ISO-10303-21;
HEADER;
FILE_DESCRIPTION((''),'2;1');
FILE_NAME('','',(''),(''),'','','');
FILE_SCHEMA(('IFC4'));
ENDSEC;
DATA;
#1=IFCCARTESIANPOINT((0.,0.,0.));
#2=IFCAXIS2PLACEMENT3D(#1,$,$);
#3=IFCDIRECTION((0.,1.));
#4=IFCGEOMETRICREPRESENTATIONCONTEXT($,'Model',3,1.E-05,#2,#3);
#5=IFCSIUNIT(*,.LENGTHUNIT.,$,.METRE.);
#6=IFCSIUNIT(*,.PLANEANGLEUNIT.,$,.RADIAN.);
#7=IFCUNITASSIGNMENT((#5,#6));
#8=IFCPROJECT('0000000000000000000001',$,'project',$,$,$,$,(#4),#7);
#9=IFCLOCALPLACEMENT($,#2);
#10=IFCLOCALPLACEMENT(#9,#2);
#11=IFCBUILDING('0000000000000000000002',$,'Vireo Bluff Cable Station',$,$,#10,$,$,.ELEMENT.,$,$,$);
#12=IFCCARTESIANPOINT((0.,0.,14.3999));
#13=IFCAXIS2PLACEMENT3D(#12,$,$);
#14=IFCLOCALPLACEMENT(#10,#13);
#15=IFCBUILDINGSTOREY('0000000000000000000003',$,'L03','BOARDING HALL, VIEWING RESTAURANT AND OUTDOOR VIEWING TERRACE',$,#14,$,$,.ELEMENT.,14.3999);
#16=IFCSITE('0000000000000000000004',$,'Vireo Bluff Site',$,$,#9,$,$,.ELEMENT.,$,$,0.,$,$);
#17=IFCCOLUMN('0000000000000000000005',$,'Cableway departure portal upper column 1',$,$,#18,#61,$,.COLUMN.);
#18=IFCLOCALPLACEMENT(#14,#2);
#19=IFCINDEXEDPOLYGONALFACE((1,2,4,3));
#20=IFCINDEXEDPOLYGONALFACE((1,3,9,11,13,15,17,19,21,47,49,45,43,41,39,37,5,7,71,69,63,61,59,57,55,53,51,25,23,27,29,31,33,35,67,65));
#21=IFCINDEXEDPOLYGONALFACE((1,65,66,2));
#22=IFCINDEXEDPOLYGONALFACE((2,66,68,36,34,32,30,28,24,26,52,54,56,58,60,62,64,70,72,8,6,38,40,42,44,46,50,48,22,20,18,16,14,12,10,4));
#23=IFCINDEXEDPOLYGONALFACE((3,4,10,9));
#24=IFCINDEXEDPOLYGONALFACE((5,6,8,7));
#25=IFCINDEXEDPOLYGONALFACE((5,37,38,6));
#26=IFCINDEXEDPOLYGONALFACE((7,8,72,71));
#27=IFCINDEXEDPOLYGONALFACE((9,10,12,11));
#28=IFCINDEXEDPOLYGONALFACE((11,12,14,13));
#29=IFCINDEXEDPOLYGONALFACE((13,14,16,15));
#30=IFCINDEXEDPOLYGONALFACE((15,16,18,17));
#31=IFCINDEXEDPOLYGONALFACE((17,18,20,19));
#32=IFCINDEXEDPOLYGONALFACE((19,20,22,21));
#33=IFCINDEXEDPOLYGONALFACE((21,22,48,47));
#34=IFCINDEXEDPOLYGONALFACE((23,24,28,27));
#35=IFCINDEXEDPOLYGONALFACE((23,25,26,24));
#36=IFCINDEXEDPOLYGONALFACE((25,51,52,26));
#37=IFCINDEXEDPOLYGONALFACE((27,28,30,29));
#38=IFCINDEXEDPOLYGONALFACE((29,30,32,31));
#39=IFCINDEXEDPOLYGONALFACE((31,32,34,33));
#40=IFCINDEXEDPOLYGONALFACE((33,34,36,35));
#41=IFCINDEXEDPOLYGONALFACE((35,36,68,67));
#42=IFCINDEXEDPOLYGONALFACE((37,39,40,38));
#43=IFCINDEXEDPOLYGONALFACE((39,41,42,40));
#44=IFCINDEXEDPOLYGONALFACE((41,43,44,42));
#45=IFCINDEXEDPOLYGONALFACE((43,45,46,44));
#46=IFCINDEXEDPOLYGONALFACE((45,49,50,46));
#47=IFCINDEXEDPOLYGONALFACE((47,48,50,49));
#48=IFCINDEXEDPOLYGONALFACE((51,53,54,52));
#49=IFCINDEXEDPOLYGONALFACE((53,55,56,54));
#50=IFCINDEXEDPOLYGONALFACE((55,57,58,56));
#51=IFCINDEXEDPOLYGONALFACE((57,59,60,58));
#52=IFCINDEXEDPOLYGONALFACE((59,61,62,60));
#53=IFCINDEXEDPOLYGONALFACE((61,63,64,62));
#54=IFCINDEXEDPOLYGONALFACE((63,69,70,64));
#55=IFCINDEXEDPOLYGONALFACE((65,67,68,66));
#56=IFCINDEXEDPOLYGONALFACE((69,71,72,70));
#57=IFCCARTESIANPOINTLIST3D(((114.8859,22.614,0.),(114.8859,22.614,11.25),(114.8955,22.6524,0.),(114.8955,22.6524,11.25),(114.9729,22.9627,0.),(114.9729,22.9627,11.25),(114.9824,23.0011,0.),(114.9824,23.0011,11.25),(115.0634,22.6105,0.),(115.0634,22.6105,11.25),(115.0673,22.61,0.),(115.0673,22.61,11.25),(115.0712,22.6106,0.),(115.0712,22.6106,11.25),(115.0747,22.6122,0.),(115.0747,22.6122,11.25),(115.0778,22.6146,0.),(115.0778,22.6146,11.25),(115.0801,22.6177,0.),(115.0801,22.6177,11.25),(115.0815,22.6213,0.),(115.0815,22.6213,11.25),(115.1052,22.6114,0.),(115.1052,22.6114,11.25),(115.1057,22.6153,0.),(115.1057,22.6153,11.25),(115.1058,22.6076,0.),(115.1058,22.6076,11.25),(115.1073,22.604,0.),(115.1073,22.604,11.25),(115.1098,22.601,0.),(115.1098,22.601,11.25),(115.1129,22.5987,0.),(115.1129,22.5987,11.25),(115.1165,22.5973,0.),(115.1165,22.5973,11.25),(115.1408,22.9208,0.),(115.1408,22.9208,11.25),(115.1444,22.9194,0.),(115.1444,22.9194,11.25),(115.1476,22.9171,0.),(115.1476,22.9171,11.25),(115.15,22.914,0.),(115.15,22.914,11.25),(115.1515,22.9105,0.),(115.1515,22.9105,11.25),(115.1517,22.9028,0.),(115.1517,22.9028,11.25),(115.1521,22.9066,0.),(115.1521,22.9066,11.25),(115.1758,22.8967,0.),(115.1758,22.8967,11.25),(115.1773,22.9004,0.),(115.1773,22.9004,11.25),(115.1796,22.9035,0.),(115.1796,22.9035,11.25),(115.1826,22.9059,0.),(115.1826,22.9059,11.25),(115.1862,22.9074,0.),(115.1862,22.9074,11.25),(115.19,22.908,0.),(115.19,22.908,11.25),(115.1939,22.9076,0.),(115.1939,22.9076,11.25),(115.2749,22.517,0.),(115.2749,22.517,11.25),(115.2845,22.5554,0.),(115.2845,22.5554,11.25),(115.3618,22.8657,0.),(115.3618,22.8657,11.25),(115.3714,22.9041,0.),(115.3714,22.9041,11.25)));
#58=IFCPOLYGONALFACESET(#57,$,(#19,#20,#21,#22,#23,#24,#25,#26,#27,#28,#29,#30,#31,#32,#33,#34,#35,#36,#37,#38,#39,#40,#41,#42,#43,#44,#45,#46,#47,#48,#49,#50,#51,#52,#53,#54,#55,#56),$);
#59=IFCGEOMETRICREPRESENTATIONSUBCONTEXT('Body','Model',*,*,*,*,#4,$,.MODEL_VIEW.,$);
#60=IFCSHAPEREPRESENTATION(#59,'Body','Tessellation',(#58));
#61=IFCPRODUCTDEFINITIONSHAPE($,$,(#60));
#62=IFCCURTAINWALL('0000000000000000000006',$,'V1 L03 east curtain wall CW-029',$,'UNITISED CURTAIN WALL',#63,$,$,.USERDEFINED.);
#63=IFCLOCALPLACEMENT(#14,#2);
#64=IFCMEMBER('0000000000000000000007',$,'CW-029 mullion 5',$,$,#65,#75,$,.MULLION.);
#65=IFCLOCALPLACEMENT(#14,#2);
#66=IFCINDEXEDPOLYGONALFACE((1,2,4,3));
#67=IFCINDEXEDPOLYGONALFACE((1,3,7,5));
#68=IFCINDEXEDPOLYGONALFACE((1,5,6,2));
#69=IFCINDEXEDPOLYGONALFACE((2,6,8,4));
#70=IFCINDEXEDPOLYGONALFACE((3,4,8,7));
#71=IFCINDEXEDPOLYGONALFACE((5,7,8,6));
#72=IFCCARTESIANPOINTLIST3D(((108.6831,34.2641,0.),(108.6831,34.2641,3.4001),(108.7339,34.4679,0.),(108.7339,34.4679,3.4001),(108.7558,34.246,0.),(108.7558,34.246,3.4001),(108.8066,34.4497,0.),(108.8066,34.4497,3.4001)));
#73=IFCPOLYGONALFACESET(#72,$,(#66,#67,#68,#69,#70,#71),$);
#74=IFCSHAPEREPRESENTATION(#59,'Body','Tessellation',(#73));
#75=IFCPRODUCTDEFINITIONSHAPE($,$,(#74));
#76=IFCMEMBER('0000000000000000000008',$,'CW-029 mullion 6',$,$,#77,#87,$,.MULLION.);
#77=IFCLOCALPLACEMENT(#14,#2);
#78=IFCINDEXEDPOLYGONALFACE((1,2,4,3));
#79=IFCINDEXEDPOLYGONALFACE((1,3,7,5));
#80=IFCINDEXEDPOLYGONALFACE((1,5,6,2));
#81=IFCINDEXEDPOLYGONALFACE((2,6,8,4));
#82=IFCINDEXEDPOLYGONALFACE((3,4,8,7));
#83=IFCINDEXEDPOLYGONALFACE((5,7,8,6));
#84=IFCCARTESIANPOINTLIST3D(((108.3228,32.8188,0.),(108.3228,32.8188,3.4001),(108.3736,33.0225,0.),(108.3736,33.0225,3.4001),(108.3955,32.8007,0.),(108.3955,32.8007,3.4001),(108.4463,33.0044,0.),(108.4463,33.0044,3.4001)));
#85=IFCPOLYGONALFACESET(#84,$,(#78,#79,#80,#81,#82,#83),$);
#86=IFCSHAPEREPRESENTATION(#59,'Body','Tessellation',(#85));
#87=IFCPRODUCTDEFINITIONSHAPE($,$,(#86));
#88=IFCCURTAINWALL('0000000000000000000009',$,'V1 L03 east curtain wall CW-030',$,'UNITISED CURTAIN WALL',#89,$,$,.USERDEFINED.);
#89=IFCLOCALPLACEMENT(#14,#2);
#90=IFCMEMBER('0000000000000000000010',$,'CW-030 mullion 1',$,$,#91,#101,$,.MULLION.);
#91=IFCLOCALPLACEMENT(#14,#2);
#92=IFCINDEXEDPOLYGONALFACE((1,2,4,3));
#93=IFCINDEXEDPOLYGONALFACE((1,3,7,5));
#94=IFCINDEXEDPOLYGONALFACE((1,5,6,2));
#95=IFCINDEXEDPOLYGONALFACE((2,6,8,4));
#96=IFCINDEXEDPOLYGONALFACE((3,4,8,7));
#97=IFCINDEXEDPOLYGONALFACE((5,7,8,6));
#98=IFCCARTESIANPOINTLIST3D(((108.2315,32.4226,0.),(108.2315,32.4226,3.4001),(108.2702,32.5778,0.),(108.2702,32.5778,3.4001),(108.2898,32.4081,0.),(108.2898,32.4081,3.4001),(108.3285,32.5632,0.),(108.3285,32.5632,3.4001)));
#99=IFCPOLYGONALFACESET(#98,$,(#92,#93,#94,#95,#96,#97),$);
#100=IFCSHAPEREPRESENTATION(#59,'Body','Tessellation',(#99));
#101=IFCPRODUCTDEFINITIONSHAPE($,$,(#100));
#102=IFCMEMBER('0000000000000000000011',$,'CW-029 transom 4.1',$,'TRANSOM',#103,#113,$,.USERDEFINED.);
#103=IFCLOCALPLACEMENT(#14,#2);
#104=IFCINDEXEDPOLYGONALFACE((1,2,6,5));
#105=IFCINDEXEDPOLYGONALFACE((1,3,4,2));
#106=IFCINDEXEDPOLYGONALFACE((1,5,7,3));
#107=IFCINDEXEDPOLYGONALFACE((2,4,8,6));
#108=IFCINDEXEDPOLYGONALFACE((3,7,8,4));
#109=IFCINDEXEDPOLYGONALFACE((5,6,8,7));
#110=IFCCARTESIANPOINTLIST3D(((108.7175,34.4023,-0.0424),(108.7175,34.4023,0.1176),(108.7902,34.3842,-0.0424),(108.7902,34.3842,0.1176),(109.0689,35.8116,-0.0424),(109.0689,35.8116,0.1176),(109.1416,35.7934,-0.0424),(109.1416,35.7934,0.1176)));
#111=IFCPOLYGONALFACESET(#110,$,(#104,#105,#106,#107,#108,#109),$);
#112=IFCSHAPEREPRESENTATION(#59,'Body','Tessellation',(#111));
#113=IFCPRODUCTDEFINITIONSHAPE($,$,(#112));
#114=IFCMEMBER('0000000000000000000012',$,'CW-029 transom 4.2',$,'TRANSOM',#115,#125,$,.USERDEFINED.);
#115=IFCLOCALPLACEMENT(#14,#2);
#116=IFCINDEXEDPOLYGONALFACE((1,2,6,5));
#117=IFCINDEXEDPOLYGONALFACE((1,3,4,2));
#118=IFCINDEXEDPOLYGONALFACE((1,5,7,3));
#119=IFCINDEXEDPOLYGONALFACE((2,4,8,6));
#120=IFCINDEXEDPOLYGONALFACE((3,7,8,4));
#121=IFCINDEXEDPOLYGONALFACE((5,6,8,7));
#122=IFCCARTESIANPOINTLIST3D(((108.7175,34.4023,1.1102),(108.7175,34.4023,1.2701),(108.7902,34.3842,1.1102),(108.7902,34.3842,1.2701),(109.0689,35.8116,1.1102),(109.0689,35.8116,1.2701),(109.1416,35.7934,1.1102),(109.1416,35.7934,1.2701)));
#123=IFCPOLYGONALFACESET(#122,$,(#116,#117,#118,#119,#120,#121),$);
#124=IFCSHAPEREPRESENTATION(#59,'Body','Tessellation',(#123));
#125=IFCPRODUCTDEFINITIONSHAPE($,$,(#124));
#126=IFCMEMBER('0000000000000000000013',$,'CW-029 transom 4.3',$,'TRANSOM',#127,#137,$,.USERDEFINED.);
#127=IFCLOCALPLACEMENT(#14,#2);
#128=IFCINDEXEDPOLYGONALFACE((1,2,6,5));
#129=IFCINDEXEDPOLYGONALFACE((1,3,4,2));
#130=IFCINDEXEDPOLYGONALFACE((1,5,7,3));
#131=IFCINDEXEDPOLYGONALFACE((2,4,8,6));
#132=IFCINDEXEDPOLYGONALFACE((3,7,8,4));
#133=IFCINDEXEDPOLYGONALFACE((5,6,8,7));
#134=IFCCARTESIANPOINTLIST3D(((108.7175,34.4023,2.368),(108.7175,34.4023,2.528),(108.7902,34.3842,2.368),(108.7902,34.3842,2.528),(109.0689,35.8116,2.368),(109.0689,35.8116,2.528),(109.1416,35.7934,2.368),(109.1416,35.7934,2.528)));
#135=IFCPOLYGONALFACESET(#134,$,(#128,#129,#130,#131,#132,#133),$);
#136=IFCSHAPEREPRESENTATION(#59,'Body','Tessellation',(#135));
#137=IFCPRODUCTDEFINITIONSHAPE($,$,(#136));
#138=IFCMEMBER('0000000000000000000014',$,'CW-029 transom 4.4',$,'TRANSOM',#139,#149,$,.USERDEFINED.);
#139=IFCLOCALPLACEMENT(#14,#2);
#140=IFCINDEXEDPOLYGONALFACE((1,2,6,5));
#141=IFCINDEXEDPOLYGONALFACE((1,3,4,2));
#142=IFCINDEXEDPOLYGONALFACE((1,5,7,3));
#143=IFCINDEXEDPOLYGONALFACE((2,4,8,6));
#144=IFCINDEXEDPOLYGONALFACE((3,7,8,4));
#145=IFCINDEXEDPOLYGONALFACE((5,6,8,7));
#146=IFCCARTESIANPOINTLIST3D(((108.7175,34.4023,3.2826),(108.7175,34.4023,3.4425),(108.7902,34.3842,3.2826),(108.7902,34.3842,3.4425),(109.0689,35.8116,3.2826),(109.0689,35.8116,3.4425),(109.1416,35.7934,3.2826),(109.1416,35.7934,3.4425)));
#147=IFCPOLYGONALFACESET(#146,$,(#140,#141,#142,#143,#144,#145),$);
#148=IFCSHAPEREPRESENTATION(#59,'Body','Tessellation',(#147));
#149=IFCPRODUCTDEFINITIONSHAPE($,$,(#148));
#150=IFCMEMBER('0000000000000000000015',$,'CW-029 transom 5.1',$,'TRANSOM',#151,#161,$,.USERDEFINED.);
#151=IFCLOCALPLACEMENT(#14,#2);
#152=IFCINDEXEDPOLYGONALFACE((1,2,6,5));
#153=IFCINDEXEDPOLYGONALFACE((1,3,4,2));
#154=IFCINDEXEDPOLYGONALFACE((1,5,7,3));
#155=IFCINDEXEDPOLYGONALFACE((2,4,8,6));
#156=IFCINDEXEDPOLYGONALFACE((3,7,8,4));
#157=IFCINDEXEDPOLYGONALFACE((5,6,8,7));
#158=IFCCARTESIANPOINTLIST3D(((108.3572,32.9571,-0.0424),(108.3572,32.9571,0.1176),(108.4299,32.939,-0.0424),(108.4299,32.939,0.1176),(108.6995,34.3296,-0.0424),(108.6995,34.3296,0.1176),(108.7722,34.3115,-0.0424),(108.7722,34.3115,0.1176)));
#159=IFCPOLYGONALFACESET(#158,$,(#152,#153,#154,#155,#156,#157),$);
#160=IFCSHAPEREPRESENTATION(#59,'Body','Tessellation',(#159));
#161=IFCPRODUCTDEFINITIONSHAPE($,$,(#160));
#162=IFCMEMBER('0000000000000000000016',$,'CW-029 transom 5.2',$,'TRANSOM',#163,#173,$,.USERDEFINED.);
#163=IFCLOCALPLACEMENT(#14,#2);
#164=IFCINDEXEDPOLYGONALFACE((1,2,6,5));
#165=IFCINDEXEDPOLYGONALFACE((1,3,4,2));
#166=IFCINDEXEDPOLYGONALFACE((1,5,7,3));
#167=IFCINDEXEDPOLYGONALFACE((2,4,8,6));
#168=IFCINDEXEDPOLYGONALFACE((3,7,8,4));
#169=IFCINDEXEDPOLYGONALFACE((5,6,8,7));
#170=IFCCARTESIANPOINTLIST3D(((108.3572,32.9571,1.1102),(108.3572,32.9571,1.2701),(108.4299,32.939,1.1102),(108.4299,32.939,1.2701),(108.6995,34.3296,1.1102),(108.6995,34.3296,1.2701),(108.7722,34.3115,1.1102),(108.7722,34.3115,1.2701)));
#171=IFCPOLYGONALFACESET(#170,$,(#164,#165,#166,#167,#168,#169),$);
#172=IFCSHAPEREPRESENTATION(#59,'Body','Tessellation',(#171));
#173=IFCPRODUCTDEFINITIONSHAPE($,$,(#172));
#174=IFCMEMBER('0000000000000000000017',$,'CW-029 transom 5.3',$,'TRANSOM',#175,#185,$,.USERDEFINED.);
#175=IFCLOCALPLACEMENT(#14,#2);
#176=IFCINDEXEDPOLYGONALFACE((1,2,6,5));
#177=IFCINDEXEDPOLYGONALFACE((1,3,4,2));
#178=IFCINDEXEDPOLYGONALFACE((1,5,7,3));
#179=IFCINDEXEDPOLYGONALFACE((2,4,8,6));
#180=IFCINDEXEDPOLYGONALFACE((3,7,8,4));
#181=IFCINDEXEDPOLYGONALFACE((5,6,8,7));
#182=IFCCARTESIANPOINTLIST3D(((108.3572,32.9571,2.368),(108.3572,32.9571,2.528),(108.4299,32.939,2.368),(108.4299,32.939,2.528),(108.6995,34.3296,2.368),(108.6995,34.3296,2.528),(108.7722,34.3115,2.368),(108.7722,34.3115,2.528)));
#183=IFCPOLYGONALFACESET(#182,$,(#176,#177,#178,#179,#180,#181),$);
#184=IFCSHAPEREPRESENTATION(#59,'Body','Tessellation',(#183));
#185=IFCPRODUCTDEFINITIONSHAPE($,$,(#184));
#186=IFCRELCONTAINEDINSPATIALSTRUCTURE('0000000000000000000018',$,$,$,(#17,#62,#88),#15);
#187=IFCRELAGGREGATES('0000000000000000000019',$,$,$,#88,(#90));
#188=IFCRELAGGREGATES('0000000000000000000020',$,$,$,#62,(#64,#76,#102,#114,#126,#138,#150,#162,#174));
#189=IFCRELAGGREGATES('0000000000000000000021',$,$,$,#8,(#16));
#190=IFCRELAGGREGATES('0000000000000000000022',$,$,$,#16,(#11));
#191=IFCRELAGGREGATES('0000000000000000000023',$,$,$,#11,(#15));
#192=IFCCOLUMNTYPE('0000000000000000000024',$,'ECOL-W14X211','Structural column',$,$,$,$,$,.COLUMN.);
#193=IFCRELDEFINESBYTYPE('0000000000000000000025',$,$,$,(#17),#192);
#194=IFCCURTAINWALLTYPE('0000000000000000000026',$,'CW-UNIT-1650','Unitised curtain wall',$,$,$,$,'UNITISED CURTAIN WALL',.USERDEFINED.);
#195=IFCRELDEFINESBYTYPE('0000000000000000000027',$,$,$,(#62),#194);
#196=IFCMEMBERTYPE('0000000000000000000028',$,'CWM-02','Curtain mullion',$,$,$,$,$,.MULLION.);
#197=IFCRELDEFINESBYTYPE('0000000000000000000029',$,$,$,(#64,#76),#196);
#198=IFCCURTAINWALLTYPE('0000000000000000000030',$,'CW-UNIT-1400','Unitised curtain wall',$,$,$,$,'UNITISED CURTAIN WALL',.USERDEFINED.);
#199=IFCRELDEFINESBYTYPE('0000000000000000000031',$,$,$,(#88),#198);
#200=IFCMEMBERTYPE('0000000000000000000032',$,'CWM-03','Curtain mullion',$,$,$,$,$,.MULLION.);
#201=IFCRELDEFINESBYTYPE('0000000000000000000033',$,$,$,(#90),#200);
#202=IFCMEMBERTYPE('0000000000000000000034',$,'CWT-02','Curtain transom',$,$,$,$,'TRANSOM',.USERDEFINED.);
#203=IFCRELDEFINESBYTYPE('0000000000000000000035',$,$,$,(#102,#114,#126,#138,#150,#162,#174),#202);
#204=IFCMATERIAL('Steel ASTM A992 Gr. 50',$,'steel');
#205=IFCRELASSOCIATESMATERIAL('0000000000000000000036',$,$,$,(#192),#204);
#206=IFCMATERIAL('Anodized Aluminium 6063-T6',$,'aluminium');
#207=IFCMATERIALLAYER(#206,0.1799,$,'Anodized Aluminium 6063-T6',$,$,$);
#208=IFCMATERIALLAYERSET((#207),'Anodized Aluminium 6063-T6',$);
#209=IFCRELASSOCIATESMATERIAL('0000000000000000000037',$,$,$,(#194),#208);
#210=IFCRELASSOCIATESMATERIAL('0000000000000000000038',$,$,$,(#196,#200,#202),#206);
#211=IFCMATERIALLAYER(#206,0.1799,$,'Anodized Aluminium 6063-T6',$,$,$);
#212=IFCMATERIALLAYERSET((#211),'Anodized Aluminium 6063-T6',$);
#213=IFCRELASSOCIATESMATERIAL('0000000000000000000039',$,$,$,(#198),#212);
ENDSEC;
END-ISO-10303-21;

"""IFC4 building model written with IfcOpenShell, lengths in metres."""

from ifc_helpers import new_model, si_unit, direction, frame, origin, origin_2d, place, context, subcontext, project, spatial, rectangle, i_section, extrude, material, layer, layer_set, material_profile, profile_set, type_object, element, aggregate, save


model = new_model("IFC4")

# Units and contexts
model_context = context("Model", 3, precision=1e-05, world=origin(), true_north=direction((0.0, 1.0)))
body_context = subcontext(model_context, "Body", "Model", "MODEL_VIEW")
ifc_project = project(units=[si_unit("LENGTHUNIT", "METRE"), si_unit("PLANEANGLEUNIT", "RADIAN")], contexts=[model_context])

# Site, building, storey
site_placement = place(None, origin())
site = spatial("IfcSite", under=ifc_project, at=site_placement, Name="Vireo Bluff Site", CompositionType="ELEMENT", RefElevation=0.0)
building_placement = place(site_placement, origin())
building = spatial("IfcBuilding", under=site, at=building_placement, Name="Vireo Bluff Cable Station", CompositionType="ELEMENT")
storey_placement = place(building_placement, frame((0.0, 0.0, 14.3999)))
storey = spatial("IfcBuildingStorey", under=building, at=storey_placement, Name="L03", Description="BOARDING HALL, VIEWING RESTAURANT AND OUTDOOR VIEWING TERRACE", CompositionType="ELEMENT", Elevation=14.3999)

# Column
ifc_material_1 = material(Name="Steel ASTM A992 Gr. 50", Category="steel")
ifc_material_profile_1 = material_profile(ifc_material_1, i_section(OverallWidth=0.4009, OverallDepth=0.3989, WebThickness=0.0249, FlangeThickness=0.0396, FilletRadius=0.0149, at=origin_2d()), Name="W14X211")
ifc_profile_set_1 = profile_set([ifc_material_profile_1], Name="Steel ASTM A992 Gr. 50")
column_type = type_object("IfcColumnType", Name="ECOL-W14X211", Description="Structural column", PredefinedType="COLUMN", material=ifc_profile_set_1)
column_placement = place(storey_placement, frame((115.1287, 22.759, 0.0), z_axis=(0.0, 0.0, 1.0), x_axis=(0.970296, -0.241922, 0.0)))
element("IfcColumn", 1, at=column_placement, inside=storey, type_object=column_type, Name="Cableway departure portal upper column 1", PredefinedType="COLUMN", context=body_context, shape_type="SweptSolid", body=[
    extrude(i_section(OverallWidth=0.4009, OverallDepth=0.3989, WebThickness=0.0249, FlangeThickness=0.0396, FilletRadius=0.0149, at=origin_2d()), origin(), (0.0, 0.0, 1.0), 11.25),
])

# Curtain wall, members
ifc_material_2 = material(Name="Anodized Aluminium 6063-T6", Category="aluminium")
ifc_layer_1 = layer(ifc_material_2, 0.1799, Name="Anodized Aluminium 6063-T6")
ifc_layer_set_1 = layer_set([ifc_layer_1], Name="Anodized Aluminium 6063-T6")
curtain_wall_type_1 = type_object("IfcCurtainWallType", Name="CW-UNIT-1650", Description="Unitised curtain wall", ElementType="UNITISED CURTAIN WALL", PredefinedType="USERDEFINED", material=ifc_layer_set_1)
curtain_wall_1_placement = place(storey_placement, origin())
curtain_wall_1 = element("IfcCurtainWall", 2, at=curtain_wall_1_placement, inside=storey, type_object=curtain_wall_type_1, Name="V1 L03 east curtain wall CW-029", ObjectType="UNITISED CURTAIN WALL", PredefinedType="USERDEFINED")
ifc_material_profile_2 = material_profile(ifc_material_2, rectangle(XDim=0.075, YDim=0.21, at=origin_2d()), Name="ALU-M-75X210")
ifc_profile_set_2 = profile_set([ifc_material_profile_2], Name="Anodized Aluminium 6063-T6")
member_type_1 = type_object("IfcMemberType", Name="CWM-02", Description="Curtain mullion", PredefinedType="MULLION", material=ifc_profile_set_2)
member_1_placement = place(storey_placement, frame((108.7449, 34.3569, 0.0), z_axis=(0.0, 0.0, 1.0), x_axis=(0.970296, -0.241922, 0.0)))
member_1 = element("IfcMember", 3, at=member_1_placement, type_object=member_type_1, Name="CW-029 mullion 5", PredefinedType="MULLION", context=body_context, shape_type="SweptSolid", body=[
    extrude(rectangle(XDim=0.075, YDim=0.21, at=origin_2d()), origin(), (0.0, 0.0, 1.0), 3.4001),
])
member_2_placement = place(storey_placement, frame((108.3845, 32.9116, 0.0), z_axis=(0.0, 0.0, 1.0), x_axis=(0.970296, -0.241922, 0.0)))
member_2 = element("IfcMember", 4, at=member_2_placement, type_object=member_type_1, Name="CW-029 mullion 6", PredefinedType="MULLION", context=body_context, shape_type="SweptSolid", body=[
    extrude(rectangle(XDim=0.075, YDim=0.21, at=origin_2d()), origin(), (0.0, 0.0, 1.0), 3.4001),
])

# Curtain wall, member
ifc_layer_2 = layer(ifc_material_2, 0.1799, Name="Anodized Aluminium 6063-T6")
ifc_layer_set_2 = layer_set([ifc_layer_2], Name="Anodized Aluminium 6063-T6")
curtain_wall_type_2 = type_object("IfcCurtainWallType", Name="CW-UNIT-1400", Description="Unitised curtain wall", ElementType="UNITISED CURTAIN WALL", PredefinedType="USERDEFINED", material=ifc_layer_set_2)
curtain_wall_2_placement = place(storey_placement, origin())
curtain_wall_2 = element("IfcCurtainWall", 5, at=curtain_wall_2_placement, inside=storey, type_object=curtain_wall_type_2, Name="V1 L03 east curtain wall CW-030", ObjectType="UNITISED CURTAIN WALL", PredefinedType="USERDEFINED")
ifc_material_profile_3 = material_profile(ifc_material_2, rectangle(XDim=0.0601, YDim=0.1599, at=origin_2d()), Name="ALU-M-60X160")
ifc_profile_set_3 = profile_set([ifc_material_profile_3], Name="Anodized Aluminium 6063-T6")
member_type_2 = type_object("IfcMemberType", Name="CWM-03", Description="Curtain mullion", PredefinedType="MULLION", material=ifc_profile_set_3)
member_3_placement = place(storey_placement, frame((108.28, 32.4929, 0.0), z_axis=(0.0, 0.0, 1.0), x_axis=(0.970296, -0.241922, 0.0)))
member_3 = element("IfcMember", 6, at=member_3_placement, type_object=member_type_2, Name="CW-030 mullion 1", PredefinedType="MULLION", context=body_context, shape_type="SweptSolid", body=[
    extrude(rectangle(XDim=0.0601, YDim=0.1599, at=origin_2d()), origin(), (0.0, 0.0, 1.0), 3.4001),
])

# Members
ifc_material_profile_4 = material_profile(ifc_material_2, rectangle(XDim=0.075, YDim=0.1599, at=origin_2d()), Name="ALU-T-75X160")
ifc_profile_set_4 = profile_set([ifc_material_profile_4], Name="Anodized Aluminium 6063-T6")
member_type_3 = type_object("IfcMemberType", Name="CWT-02", Description="Curtain transom", ElementType="TRANSOM", PredefinedType="USERDEFINED", material=ifc_profile_set_4)
member_4_placement = place(storey_placement, frame((109.1052, 35.8025, 0.0376), z_axis=(-0.241903, -0.970301, 0.0), x_axis=(0.970301, -0.241903, 0.0)))
member_4 = element("IfcMember", 7, at=member_4_placement, type_object=member_type_3, Name="CW-029 transom 4.1", ObjectType="TRANSOM", PredefinedType="USERDEFINED", context=body_context, shape_type="SweptSolid", body=[
    extrude(rectangle(XDim=0.075, YDim=0.1599, at=origin_2d()), origin(), (0.0, 0.0, 1.0), 1.4524),
])
member_5_placement = place(storey_placement, frame((109.1052, 35.8025, 1.1902), z_axis=(-0.241903, -0.970301, 0.0), x_axis=(0.970301, -0.241903, 0.0)))
member_5 = element("IfcMember", 8, at=member_5_placement, type_object=member_type_3, Name="CW-029 transom 4.2", ObjectType="TRANSOM", PredefinedType="USERDEFINED", context=body_context, shape_type="SweptSolid", body=[
    extrude(rectangle(XDim=0.075, YDim=0.1599, at=origin_2d()), origin(), (0.0, 0.0, 1.0), 1.4524),
])
member_6_placement = place(storey_placement, frame((109.1052, 35.8025, 2.448), z_axis=(-0.241903, -0.970301, 0.0), x_axis=(0.970301, -0.241903, 0.0)))
member_6 = element("IfcMember", 9, at=member_6_placement, type_object=member_type_3, Name="CW-029 transom 4.3", ObjectType="TRANSOM", PredefinedType="USERDEFINED", context=body_context, shape_type="SweptSolid", body=[
    extrude(rectangle(XDim=0.075, YDim=0.1599, at=origin_2d()), origin(), (0.0, 0.0, 1.0), 1.4524),
])
member_7_placement = place(storey_placement, frame((109.1052, 35.8025, 3.3625), z_axis=(-0.241903, -0.970301, 0.0), x_axis=(0.970301, -0.241903, 0.0)))
member_7 = element("IfcMember", 10, at=member_7_placement, type_object=member_type_3, Name="CW-029 transom 4.4", ObjectType="TRANSOM", PredefinedType="USERDEFINED", context=body_context, shape_type="SweptSolid", body=[
    extrude(rectangle(XDim=0.075, YDim=0.1599, at=origin_2d()), origin(), (0.0, 0.0, 1.0), 1.4524),
])
member_8_placement = place(storey_placement, frame((108.7358, 34.3206, 0.0376), z_axis=(-0.241967, -0.970284, 0.0), x_axis=(0.970284, -0.241967, 0.0)))
member_8 = element("IfcMember", 11, at=member_8_placement, type_object=member_type_3, Name="CW-029 transom 5.1", ObjectType="TRANSOM", PredefinedType="USERDEFINED", context=body_context, shape_type="SweptSolid", body=[
    extrude(rectangle(XDim=0.075, YDim=0.1599, at=origin_2d()), origin(), (0.0, 0.0, 1.0), 1.4146),
])
member_9_placement = place(storey_placement, frame((108.7358, 34.3206, 1.1902), z_axis=(-0.241967, -0.970284, 0.0), x_axis=(0.970284, -0.241967, 0.0)))
member_9 = element("IfcMember", 12, at=member_9_placement, type_object=member_type_3, Name="CW-029 transom 5.2", ObjectType="TRANSOM", PredefinedType="USERDEFINED", context=body_context, shape_type="SweptSolid", body=[
    extrude(rectangle(XDim=0.075, YDim=0.1599, at=origin_2d()), origin(), (0.0, 0.0, 1.0), 1.4146),
])
member_10_placement = place(storey_placement, frame((108.7358, 34.3206, 2.448), z_axis=(-0.241967, -0.970284, 0.0), x_axis=(0.970284, -0.241967, 0.0)))
member_10 = element("IfcMember", 13, at=member_10_placement, type_object=member_type_3, Name="CW-029 transom 5.3", ObjectType="TRANSOM", PredefinedType="USERDEFINED", context=body_context, shape_type="SweptSolid", body=[
    extrude(rectangle(XDim=0.075, YDim=0.1599, at=origin_2d()), origin(), (0.0, 0.0, 1.0), 1.4146),
])
aggregate(curtain_wall_2, [member_3])

aggregate(curtain_wall_1, [member_1, member_2, member_4, member_5, member_6, member_7, member_8, member_9, member_10])

save(model, "model.ifc")
